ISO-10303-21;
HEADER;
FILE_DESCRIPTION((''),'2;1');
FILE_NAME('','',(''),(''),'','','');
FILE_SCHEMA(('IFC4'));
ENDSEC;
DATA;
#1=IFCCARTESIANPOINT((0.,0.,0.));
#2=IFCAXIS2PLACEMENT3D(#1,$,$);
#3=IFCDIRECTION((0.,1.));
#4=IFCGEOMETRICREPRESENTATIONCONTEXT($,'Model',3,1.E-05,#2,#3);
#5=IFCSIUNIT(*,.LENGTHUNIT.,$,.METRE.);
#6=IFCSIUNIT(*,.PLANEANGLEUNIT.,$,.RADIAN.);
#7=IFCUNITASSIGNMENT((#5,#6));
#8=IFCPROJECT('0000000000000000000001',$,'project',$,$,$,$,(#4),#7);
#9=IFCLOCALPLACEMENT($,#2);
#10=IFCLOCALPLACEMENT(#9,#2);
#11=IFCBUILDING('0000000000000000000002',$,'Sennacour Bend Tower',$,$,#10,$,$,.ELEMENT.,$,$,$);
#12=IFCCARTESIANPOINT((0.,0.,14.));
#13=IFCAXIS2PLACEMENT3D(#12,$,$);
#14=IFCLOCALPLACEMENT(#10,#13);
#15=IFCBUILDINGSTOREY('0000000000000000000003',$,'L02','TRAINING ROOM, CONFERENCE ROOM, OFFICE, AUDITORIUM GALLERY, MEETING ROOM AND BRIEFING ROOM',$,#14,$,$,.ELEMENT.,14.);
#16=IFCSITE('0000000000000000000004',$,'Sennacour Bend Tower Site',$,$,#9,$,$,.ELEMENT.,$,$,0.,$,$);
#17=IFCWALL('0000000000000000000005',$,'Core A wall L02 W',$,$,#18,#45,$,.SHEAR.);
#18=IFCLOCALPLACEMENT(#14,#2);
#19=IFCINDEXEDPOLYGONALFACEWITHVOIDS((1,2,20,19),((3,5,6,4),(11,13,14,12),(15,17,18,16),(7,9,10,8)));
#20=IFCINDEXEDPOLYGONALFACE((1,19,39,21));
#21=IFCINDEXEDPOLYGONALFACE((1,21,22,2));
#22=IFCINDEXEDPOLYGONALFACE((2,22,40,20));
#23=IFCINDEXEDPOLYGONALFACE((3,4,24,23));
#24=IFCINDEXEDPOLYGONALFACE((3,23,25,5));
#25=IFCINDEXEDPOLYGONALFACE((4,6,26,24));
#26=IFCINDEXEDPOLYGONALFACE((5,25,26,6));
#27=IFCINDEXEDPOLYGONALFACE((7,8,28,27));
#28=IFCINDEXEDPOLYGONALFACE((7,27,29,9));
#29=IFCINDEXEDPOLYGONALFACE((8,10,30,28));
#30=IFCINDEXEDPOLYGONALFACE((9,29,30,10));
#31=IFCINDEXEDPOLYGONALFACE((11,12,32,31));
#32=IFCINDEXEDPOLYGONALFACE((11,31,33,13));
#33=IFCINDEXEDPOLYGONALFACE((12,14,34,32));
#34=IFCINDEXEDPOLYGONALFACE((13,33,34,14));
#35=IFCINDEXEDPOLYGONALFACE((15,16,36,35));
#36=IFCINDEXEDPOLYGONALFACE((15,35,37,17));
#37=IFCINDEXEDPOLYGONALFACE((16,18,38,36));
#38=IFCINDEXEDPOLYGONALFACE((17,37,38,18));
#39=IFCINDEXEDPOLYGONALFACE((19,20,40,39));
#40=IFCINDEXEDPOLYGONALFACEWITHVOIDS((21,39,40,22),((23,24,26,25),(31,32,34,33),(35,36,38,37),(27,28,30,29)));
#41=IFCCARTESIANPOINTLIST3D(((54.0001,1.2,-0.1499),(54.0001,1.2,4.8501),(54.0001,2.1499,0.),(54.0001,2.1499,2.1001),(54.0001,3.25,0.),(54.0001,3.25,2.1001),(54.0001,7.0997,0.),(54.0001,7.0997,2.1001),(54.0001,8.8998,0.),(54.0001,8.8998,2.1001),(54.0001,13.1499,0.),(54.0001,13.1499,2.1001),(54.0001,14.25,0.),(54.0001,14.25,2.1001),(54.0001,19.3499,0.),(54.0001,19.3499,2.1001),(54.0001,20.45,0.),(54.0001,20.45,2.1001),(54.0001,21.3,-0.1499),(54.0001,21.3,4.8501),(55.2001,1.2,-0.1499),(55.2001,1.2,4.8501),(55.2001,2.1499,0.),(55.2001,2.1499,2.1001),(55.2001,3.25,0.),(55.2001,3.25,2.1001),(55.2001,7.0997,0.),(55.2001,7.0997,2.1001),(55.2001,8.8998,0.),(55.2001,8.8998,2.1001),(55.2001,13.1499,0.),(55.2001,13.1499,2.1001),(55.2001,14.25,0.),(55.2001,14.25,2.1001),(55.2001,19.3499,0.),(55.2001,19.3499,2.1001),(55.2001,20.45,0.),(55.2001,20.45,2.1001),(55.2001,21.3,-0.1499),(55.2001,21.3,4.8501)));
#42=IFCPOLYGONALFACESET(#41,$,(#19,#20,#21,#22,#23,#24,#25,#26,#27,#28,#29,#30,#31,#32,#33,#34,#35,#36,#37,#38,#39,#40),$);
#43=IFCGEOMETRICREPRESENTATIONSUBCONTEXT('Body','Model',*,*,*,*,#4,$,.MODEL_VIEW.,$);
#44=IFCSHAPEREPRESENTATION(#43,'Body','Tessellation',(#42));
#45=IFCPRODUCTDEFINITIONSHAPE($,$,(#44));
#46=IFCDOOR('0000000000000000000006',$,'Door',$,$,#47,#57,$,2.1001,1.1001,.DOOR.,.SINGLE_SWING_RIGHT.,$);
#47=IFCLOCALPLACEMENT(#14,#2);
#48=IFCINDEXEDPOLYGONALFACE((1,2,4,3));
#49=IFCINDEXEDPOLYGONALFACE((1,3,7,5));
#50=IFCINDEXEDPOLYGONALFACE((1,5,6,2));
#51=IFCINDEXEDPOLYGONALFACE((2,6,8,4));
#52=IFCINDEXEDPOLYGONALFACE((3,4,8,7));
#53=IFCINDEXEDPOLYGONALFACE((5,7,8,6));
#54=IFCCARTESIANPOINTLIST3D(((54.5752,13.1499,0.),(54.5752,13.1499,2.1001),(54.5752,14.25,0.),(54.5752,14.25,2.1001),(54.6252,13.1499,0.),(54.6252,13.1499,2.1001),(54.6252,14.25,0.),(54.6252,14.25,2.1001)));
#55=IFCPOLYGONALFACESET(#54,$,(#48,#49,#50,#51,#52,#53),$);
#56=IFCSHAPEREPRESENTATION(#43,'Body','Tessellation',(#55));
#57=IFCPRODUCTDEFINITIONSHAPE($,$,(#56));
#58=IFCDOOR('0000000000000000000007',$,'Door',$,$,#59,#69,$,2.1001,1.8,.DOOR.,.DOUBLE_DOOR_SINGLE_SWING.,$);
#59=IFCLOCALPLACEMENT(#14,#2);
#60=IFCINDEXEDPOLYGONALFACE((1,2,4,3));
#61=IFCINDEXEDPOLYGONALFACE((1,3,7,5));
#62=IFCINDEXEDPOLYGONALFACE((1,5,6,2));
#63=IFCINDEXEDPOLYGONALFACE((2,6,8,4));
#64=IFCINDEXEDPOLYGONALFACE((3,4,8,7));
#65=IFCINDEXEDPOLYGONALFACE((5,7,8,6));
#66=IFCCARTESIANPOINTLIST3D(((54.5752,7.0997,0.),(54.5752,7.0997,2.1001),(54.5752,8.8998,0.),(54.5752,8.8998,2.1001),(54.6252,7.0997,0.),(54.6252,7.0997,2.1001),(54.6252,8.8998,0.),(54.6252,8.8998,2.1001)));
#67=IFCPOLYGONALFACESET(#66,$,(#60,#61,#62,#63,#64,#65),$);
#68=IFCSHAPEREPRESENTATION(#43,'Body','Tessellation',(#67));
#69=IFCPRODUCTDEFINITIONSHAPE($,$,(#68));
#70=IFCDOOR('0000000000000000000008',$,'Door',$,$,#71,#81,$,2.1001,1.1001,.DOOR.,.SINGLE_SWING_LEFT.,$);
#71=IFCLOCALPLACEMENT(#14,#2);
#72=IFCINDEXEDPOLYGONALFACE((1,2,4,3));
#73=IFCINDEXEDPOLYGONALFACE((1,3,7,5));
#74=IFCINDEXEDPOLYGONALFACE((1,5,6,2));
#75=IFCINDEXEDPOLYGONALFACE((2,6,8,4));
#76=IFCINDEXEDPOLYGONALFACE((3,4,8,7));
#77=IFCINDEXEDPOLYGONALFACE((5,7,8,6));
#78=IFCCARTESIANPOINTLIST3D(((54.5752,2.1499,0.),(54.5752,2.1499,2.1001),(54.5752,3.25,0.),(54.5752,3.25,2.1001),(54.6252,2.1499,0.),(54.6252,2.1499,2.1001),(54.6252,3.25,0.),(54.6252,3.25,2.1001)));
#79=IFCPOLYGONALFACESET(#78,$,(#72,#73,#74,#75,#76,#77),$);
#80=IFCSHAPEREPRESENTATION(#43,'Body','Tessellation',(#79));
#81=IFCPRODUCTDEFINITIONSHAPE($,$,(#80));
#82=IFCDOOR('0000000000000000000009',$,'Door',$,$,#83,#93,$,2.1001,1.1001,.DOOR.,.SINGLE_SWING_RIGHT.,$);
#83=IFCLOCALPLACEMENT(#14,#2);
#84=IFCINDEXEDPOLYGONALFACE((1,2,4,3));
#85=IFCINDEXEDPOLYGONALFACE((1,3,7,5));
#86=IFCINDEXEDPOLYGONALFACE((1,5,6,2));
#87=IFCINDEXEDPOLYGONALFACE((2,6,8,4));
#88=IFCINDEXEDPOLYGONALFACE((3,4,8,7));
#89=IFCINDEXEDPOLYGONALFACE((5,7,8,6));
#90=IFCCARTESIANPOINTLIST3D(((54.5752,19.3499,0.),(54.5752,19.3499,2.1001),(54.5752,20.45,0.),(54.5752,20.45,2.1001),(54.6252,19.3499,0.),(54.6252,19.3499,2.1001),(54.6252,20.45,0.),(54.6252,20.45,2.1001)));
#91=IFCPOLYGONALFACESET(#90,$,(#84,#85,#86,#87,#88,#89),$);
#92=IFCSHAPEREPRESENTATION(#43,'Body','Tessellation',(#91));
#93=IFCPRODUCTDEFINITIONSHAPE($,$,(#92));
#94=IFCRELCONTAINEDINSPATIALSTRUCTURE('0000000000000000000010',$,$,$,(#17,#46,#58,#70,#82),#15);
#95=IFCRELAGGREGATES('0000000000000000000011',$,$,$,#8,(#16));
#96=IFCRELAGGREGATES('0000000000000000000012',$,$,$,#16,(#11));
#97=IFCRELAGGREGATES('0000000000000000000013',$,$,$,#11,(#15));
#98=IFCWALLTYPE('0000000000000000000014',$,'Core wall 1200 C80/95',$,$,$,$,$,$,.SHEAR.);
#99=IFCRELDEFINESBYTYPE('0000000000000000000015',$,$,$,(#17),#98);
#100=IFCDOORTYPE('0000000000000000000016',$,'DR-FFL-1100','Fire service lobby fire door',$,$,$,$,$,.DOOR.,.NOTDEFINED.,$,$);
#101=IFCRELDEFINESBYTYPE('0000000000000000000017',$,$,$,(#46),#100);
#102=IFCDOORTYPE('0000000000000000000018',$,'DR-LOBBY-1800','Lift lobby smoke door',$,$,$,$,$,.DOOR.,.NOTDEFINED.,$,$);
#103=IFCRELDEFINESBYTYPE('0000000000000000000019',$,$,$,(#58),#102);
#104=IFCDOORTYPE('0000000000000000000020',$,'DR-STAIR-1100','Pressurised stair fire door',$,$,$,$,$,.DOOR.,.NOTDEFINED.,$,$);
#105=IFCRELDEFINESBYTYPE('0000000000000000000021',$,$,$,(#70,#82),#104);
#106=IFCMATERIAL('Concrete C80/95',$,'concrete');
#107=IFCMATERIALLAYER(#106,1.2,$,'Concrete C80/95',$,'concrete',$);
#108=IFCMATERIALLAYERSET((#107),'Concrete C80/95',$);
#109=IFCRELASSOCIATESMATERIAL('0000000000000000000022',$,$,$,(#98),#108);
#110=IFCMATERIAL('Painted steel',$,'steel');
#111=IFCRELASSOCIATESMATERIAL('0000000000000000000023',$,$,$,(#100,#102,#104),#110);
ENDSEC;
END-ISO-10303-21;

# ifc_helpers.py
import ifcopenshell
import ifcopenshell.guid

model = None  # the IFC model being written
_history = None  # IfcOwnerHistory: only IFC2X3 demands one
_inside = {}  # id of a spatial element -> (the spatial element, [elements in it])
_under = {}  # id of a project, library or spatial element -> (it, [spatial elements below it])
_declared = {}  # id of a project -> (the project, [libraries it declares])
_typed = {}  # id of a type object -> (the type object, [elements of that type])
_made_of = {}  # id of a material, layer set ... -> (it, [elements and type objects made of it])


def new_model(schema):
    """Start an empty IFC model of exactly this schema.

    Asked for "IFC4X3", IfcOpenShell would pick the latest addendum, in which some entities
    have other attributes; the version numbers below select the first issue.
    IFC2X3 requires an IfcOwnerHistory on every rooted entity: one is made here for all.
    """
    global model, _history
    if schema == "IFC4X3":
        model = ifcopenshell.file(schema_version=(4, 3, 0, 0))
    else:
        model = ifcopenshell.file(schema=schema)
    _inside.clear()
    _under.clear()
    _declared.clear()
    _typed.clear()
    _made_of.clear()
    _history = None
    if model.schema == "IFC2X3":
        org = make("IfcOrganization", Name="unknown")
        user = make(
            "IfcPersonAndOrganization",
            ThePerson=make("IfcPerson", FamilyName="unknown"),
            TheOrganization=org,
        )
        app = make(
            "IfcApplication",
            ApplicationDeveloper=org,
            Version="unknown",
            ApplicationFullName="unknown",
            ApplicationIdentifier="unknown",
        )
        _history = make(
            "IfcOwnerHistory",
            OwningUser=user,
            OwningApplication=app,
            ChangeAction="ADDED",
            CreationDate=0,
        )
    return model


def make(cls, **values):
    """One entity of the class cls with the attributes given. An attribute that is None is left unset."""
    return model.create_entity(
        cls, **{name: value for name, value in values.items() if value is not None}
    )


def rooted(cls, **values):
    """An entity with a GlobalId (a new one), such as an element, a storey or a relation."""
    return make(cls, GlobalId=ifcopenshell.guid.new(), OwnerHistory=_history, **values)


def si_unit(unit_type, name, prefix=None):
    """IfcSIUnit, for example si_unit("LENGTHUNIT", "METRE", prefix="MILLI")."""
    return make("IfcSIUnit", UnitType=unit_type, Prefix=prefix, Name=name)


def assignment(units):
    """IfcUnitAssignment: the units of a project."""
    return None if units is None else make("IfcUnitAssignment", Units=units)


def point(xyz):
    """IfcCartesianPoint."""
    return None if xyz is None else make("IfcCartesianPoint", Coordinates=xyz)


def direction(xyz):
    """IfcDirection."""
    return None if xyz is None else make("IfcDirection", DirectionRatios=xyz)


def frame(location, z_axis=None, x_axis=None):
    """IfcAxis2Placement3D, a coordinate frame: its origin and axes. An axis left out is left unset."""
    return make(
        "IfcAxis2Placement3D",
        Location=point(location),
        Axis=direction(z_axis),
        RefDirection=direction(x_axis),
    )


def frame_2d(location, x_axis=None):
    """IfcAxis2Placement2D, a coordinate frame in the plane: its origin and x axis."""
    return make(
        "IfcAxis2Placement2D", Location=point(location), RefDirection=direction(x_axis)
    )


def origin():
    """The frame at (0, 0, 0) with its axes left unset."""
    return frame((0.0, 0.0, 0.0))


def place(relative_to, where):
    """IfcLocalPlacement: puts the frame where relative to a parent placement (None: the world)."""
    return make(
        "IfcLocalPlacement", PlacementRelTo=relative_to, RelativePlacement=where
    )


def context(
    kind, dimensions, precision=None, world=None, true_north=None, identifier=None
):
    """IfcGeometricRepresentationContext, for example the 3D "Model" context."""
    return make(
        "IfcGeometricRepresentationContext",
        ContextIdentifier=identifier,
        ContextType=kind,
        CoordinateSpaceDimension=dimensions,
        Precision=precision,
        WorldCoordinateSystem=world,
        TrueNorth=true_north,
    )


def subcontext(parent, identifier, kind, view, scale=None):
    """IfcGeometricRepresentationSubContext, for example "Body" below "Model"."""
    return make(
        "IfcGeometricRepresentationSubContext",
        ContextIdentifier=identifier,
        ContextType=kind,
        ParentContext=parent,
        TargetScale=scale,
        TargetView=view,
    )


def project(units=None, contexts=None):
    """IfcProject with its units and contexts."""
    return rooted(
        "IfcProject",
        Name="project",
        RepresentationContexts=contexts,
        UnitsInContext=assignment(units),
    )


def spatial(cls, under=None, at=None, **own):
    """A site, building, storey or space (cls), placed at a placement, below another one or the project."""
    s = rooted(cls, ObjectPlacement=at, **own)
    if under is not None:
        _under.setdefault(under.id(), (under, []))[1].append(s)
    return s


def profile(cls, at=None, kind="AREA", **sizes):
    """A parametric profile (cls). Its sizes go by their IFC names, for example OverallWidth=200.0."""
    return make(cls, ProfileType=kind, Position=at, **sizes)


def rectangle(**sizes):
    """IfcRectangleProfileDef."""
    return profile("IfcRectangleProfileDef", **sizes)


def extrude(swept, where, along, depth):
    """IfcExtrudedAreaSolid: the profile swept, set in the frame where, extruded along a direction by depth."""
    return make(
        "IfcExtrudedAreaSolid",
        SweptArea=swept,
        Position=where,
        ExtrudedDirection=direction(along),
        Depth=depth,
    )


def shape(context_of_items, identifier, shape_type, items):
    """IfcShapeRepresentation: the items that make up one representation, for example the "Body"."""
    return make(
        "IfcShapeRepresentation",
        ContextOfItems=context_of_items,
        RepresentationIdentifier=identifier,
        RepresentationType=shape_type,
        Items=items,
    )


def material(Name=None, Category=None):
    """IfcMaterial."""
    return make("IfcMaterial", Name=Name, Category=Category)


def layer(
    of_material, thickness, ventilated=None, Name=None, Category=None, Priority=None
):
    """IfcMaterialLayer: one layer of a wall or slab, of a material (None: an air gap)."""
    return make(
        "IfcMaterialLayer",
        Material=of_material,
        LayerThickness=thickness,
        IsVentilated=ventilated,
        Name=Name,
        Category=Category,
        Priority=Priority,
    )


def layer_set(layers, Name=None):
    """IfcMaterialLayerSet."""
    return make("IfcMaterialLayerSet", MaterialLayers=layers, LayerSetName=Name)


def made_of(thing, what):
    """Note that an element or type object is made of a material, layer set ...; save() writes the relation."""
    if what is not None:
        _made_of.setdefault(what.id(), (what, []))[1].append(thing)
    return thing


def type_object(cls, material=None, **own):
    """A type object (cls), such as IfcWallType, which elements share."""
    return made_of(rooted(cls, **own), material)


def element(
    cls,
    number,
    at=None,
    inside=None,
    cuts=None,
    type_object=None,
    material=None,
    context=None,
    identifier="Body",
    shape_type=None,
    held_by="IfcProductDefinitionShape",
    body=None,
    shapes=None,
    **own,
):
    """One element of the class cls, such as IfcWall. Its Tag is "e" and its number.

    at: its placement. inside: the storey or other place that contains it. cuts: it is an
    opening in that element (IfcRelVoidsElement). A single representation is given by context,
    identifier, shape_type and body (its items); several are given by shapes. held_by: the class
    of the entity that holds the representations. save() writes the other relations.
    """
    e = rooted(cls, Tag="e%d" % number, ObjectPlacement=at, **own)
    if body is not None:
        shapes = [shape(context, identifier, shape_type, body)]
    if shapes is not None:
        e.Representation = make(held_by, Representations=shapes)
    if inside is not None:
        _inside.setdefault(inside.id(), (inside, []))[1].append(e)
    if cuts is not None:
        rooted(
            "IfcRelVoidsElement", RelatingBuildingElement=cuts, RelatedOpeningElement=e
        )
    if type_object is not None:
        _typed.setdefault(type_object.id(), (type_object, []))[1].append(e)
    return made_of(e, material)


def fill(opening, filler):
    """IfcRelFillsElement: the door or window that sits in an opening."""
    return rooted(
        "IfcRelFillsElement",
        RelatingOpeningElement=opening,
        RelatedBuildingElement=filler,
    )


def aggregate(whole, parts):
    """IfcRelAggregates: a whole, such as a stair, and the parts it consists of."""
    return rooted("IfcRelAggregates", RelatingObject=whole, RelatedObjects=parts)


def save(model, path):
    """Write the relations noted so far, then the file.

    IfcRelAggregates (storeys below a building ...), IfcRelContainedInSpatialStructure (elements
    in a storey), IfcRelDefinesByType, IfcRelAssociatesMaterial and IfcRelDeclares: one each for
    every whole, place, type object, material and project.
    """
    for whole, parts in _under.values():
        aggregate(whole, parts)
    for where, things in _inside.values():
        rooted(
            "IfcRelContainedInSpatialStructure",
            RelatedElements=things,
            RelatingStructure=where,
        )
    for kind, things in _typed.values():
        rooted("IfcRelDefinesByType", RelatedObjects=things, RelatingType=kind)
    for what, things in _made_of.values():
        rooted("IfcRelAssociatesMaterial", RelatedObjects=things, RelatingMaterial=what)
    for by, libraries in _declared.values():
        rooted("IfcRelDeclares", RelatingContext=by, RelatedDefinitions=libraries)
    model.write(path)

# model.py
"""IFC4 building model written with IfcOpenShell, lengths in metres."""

from ifc_helpers import new_model, si_unit, direction, frame, frame_2d, origin, place, context, subcontext, project, spatial, rectangle, extrude, material, layer, layer_set, type_object, element, fill, save


model = new_model("IFC4")

# Units and contexts
model_context = context("Model", 3, precision=1e-05, world=origin(), true_north=direction((0.0, 1.0)))
body_context = subcontext(model_context, "Body", "Model", "MODEL_VIEW")
ifc_project = project(units=[si_unit("LENGTHUNIT", "METRE"), si_unit("PLANEANGLEUNIT", "RADIAN")], contexts=[model_context])

# Site, building, storey
site_placement = place(None, origin())
site = spatial("IfcSite", under=ifc_project, at=site_placement, Name="Sennacour Bend Tower Site", CompositionType="ELEMENT", RefElevation=0.0)
building_placement = place(site_placement, origin())
building = spatial("IfcBuilding", under=site, at=building_placement, Name="Sennacour Bend Tower", CompositionType="ELEMENT")
storey_placement = place(building_placement, frame((0.0, 0.0, 14.0)))
storey = spatial("IfcBuildingStorey", under=building, at=storey_placement, Name="L02", Description="TRAINING ROOM, CONFERENCE ROOM, OFFICE, AUDITORIUM GALLERY, MEETING ROOM AND BRIEFING ROOM", CompositionType="ELEMENT", Elevation=14.0)

# Wall, openings, doors
ifc_material_1 = material(Name="Concrete C80/95", Category="concrete")
ifc_layer_1 = layer(ifc_material_1, 1.2, Name="Concrete C80/95", Category="concrete")
ifc_layer_set_1 = layer_set([ifc_layer_1], Name="Concrete C80/95")
wall_type_1 = type_object("IfcWallType", Name="Core wall 1200 C80/95", PredefinedType="SHEAR", material=ifc_layer_set_1)
wall_1_placement = place(storey_placement, frame((54.6001, 1.2, -0.1499), z_axis=(0.0, 0.0, 1.0), x_axis=(0.0, 1.0, 0.0)))
wall_1 = element("IfcWall", 1, at=wall_1_placement, inside=storey, type_object=wall_type_1, Name="Core A wall L02 W", PredefinedType="SHEAR", context=body_context, shape_type="SweptSolid", body=[
    extrude(rectangle(XDim=20.1001, YDim=1.2, at=frame_2d((10.05, 0.0))), origin(), (0.0, 0.0, 1.0), 5.0),
])
opening_1_placement = place(wall_1_placement, frame((5.8999, 0.0, 0.1499)))
opening_1 = element("IfcOpeningElement", 2, at=opening_1_placement, cuts=wall_1, PredefinedType="OPENING", context=body_context, shape_type="SweptSolid", body=[
    extrude(rectangle(XDim=1.8, YDim=2.1001, at=frame_2d((0.8999, 1.05))), frame((0.0, 0.6099, 0.0), z_axis=(0.0, -1.0, 0.0), x_axis=(1.0, 0.0, 0.0)), (0.0, 0.0, 1.0), 1.22),
])
opening_2_placement = place(wall_1_placement, frame((11.95, 0.0, 0.1499)))
opening_2 = element("IfcOpeningElement", 3, at=opening_2_placement, cuts=wall_1, PredefinedType="OPENING", context=body_context, shape_type="SweptSolid", body=[
    extrude(rectangle(XDim=1.1001, YDim=2.1001, at=frame_2d((0.55, 1.05))), frame((0.0, 0.6099, 0.0), z_axis=(0.0, -1.0, 0.0), x_axis=(1.0, 0.0, 0.0)), (0.0, 0.0, 1.0), 1.22),
])
opening_3_placement = place(wall_1_placement, frame((0.95, 0.0, 0.1499)))
opening_3 = element("IfcOpeningElement", 4, at=opening_3_placement, cuts=wall_1, PredefinedType="OPENING", context=body_context, shape_type="SweptSolid", body=[
    extrude(rectangle(XDim=1.1001, YDim=2.1001, at=frame_2d((0.55, 1.05))), frame((0.0, 0.6099, 0.0), z_axis=(0.0, -1.0, 0.0), x_axis=(1.0, 0.0, 0.0)), (0.0, 0.0, 1.0), 1.22),
])
opening_4_placement = place(wall_1_placement, frame((18.1499, 0.0, 0.1499)))
opening_4 = element("IfcOpeningElement", 5, at=opening_4_placement, cuts=wall_1, PredefinedType="OPENING", context=body_context, shape_type="SweptSolid", body=[
    extrude(rectangle(XDim=1.1001, YDim=2.1001, at=frame_2d((0.55, 1.05))), frame((0.0, 0.6099, 0.0), z_axis=(0.0, -1.0, 0.0), x_axis=(1.0, 0.0, 0.0)), (0.0, 0.0, 1.0), 1.22),
])
ifc_material_2 = material(Name="Painted steel", Category="steel")
door_type_1 = type_object("IfcDoorType", Name="DR-FFL-1100", Description="Fire service lobby fire door", OperationType="NOTDEFINED", PredefinedType="DOOR", material=ifc_material_2)
door_1_placement = place(opening_2_placement, origin())
door_1 = element("IfcDoor", 6, at=door_1_placement, inside=storey, type_object=door_type_1, Name="Door", OperationType="SINGLE_SWING_RIGHT", OverallHeight=2.1001, OverallWidth=1.1001, PredefinedType="DOOR", context=body_context, shape_type="SweptSolid", body=[
    extrude(rectangle(XDim=1.1001, YDim=2.1001, at=frame_2d((0.55, 1.05))), frame((0.0, 0.0249, 0.0), z_axis=(0.0, -1.0, 0.0), x_axis=(1.0, 0.0, 0.0)), (0.0, 0.0, 1.0), 0.05),
])
fill(opening_2, door_1)
door_type_2 = type_object("IfcDoorType", Name="DR-LOBBY-1800", Description="Lift lobby smoke door", OperationType="NOTDEFINED", PredefinedType="DOOR", material=ifc_material_2)
door_2_placement = place(opening_1_placement, origin())
door_2 = element("IfcDoor", 7, at=door_2_placement, inside=storey, type_object=door_type_2, Name="Door", OperationType="DOUBLE_DOOR_SINGLE_SWING", OverallHeight=2.1001, OverallWidth=1.8, PredefinedType="DOOR", context=body_context, shape_type="SweptSolid", body=[
    extrude(rectangle(XDim=1.8, YDim=2.1001, at=frame_2d((0.8999, 1.05))), frame((0.0, 0.0249, 0.0), z_axis=(0.0, -1.0, 0.0), x_axis=(1.0, 0.0, 0.0)), (0.0, 0.0, 1.0), 0.05),
])
fill(opening_1, door_2)
door_type_3 = type_object("IfcDoorType", Name="DR-STAIR-1100", Description="Pressurised stair fire door", OperationType="NOTDEFINED", PredefinedType="DOOR", material=ifc_material_2)
door_3_placement = place(opening_3_placement, origin())
door_3 = element("IfcDoor", 8, at=door_3_placement, inside=storey, type_object=door_type_3, Name="Door", OperationType="SINGLE_SWING_LEFT", OverallHeight=2.1001, OverallWidth=1.1001, PredefinedType="DOOR", context=body_context, shape_type="SweptSolid", body=[
    extrude(rectangle(XDim=1.1001, YDim=2.1001, at=frame_2d((0.55, 1.05))), frame((0.0, 0.0249, 0.0), z_axis=(0.0, -1.0, 0.0), x_axis=(1.0, 0.0, 0.0)), (0.0, 0.0, 1.0), 0.05),
])
fill(opening_3, door_3)
door_4_placement = place(opening_4_placement, origin())
door_4 = element("IfcDoor", 9, at=door_4_placement, inside=storey, type_object=door_type_3, Name="Door", OperationType="SINGLE_SWING_RIGHT", OverallHeight=2.1001, OverallWidth=1.1001, PredefinedType="DOOR", context=body_context, shape_type="SweptSolid", body=[
    extrude(rectangle(XDim=1.1001, YDim=2.1001, at=frame_2d((0.55, 1.05))), frame((0.0, 0.0249, 0.0), z_axis=(0.0, -1.0, 0.0), x_axis=(1.0, 0.0, 0.0)), (0.0, 0.0, 1.0), 0.05),
])
fill(opening_4, door_4)

save(model, "model.ifc")
